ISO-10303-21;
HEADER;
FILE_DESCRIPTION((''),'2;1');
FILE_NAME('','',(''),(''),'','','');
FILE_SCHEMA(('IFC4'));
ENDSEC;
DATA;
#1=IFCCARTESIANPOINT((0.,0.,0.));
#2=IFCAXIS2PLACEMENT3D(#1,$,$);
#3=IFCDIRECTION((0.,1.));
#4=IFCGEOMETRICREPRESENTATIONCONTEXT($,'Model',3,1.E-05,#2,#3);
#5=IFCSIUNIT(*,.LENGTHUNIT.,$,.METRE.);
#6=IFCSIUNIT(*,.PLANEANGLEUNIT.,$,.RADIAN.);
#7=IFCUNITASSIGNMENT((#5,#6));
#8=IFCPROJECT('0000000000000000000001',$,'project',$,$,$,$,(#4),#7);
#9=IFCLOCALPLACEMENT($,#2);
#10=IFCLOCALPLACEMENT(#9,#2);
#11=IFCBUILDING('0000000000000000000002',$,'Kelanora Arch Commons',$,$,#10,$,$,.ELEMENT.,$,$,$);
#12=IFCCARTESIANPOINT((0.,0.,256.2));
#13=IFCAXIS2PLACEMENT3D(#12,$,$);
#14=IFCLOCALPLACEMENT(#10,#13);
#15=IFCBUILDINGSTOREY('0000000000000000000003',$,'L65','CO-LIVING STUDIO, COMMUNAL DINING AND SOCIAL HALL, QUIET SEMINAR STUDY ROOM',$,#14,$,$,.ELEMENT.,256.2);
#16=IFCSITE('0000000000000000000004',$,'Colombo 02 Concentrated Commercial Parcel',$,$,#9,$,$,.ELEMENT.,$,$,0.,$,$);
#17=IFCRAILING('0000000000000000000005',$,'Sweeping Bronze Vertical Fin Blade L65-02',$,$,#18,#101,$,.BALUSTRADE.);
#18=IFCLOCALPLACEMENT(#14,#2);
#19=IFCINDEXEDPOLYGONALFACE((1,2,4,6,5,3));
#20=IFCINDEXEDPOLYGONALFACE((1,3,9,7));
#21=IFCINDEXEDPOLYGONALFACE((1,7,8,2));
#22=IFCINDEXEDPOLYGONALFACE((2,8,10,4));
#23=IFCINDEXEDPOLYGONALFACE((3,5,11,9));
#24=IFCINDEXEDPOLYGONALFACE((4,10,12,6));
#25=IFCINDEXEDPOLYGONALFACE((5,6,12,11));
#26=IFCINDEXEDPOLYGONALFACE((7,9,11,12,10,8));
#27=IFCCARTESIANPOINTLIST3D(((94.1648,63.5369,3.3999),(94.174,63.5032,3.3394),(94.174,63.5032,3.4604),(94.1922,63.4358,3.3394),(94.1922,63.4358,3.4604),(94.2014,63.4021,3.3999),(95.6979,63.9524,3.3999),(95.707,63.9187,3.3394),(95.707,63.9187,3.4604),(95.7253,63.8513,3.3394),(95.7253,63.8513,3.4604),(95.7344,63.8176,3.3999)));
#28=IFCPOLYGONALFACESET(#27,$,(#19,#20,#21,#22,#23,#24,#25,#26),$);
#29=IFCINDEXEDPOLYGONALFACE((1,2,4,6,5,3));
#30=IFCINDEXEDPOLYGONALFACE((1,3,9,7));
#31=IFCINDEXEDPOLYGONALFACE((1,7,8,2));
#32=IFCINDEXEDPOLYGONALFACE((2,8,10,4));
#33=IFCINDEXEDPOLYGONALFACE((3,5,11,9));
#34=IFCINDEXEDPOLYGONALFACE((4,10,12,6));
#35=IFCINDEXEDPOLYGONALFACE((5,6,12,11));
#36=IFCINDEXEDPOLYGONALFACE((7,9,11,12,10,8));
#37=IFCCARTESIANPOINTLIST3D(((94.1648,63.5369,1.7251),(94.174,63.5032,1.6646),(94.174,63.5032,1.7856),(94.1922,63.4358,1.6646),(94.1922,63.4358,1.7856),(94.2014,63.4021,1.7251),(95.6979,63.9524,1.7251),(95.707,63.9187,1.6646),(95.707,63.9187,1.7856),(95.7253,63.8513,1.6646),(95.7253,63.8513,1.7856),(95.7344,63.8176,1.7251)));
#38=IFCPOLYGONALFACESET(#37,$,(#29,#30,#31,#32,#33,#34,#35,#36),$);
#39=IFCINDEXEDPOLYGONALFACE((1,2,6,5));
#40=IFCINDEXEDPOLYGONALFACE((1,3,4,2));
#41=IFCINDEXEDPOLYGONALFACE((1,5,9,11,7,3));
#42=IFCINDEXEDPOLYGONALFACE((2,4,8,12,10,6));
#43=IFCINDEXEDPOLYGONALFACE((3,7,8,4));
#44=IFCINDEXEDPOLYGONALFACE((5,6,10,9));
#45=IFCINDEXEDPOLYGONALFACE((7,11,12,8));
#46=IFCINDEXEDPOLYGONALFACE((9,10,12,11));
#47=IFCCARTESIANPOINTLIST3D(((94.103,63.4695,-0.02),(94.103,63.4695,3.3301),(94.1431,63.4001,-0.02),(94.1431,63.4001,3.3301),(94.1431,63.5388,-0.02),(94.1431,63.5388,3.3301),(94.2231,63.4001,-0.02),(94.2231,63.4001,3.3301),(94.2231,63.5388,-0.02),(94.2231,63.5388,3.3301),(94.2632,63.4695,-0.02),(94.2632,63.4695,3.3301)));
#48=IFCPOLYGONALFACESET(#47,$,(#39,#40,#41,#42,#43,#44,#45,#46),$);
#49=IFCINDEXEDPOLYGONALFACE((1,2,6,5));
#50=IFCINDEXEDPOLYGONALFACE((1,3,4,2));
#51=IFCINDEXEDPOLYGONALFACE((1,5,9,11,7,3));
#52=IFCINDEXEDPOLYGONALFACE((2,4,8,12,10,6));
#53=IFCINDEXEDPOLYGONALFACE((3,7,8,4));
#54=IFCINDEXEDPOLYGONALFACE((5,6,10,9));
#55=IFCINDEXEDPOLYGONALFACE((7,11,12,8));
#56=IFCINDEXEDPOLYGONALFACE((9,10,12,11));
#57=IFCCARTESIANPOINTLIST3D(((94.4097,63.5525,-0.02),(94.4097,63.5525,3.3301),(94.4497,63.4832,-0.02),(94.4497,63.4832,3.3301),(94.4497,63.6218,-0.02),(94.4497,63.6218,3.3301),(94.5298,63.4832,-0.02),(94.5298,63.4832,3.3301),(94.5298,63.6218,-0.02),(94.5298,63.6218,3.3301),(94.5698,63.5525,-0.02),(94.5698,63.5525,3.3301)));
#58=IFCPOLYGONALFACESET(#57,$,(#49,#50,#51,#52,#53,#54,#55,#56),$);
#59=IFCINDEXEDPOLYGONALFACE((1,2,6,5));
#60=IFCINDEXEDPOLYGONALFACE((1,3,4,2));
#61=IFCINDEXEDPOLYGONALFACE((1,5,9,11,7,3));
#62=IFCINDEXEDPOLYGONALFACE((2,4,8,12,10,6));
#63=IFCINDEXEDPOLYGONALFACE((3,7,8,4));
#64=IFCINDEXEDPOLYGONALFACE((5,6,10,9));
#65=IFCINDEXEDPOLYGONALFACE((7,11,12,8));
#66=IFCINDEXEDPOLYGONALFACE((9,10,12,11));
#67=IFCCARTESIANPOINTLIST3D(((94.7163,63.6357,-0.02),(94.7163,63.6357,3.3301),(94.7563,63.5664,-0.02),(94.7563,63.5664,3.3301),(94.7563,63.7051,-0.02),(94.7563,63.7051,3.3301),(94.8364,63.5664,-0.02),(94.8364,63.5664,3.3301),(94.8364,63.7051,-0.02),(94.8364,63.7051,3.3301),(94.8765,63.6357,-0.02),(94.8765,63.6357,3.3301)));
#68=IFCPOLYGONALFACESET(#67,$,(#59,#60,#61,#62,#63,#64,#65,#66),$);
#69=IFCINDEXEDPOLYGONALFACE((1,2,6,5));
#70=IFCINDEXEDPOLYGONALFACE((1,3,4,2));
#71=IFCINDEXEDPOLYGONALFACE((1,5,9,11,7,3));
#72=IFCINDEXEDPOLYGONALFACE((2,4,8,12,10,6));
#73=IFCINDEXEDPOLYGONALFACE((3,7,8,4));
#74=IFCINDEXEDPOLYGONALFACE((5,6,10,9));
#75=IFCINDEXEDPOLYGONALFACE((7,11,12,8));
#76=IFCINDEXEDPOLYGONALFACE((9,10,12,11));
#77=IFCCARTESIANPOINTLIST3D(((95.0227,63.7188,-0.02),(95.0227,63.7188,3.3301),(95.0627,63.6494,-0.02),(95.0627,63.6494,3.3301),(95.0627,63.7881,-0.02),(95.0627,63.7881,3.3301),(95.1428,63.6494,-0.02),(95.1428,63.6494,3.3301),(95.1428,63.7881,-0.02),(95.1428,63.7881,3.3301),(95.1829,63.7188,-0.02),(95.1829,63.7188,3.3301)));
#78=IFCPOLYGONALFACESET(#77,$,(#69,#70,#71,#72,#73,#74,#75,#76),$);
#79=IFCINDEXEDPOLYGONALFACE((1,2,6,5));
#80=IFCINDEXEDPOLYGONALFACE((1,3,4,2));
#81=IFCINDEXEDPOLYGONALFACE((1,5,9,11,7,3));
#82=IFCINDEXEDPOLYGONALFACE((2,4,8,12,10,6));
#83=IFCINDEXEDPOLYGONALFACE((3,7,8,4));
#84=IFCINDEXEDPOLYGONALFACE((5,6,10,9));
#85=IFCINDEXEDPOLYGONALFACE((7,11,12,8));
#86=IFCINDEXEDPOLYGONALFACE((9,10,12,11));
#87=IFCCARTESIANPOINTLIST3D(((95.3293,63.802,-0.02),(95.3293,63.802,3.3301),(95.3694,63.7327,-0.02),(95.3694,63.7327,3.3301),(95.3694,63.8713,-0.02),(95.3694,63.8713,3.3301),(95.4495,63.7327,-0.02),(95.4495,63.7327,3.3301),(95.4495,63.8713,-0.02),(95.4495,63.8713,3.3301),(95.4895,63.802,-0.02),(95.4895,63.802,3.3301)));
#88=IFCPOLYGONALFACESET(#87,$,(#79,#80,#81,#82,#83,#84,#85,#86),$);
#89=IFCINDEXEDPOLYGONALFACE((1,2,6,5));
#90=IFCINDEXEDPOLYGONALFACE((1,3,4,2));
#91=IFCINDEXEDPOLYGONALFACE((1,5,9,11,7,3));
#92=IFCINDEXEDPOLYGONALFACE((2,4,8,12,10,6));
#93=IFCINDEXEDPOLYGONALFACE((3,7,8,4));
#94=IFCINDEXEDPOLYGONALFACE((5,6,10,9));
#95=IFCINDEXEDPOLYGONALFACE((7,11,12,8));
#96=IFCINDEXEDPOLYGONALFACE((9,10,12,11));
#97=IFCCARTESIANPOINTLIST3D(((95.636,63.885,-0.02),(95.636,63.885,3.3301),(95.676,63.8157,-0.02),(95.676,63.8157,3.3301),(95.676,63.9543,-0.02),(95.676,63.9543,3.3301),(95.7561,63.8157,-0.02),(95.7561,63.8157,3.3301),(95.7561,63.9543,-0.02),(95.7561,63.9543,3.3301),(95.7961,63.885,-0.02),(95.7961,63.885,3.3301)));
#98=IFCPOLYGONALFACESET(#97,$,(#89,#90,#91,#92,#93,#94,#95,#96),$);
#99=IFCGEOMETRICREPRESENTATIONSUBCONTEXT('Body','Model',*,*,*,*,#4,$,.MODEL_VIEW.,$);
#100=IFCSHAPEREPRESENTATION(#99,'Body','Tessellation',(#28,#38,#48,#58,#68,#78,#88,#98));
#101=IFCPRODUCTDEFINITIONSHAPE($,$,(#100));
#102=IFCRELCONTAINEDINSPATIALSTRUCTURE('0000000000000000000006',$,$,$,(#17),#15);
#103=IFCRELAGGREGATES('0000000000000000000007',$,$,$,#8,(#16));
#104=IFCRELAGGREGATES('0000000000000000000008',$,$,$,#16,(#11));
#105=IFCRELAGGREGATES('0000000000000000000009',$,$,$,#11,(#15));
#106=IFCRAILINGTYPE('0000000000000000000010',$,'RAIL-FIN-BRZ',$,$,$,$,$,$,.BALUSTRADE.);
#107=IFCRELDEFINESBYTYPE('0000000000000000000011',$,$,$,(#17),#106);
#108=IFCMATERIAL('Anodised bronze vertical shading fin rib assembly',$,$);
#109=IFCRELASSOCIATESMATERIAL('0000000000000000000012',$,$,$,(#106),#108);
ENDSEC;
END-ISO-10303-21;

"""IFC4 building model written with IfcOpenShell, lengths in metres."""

from ifc_helpers import new_model, si_unit, direction, frame, origin, place, context, subcontext, project, spatial, polyline, outline, extrude, material, type_object, element, save


model = new_model("IFC4")

# Units and contexts
model_context = context("Model", 3, precision=1e-05, world=origin(), true_north=direction((0.0, 1.0)))
body_context = subcontext(model_context, "Body", "Model", "MODEL_VIEW")
ifc_project = project(units=[si_unit("LENGTHUNIT", "METRE"), si_unit("PLANEANGLEUNIT", "RADIAN")], contexts=[model_context])

# Site, building, storey
site_placement = place(None, origin())
site = spatial("IfcSite", under=ifc_project, at=site_placement, Name="Colombo 02 Concentrated Commercial Parcel", CompositionType="ELEMENT", RefElevation=0.0)
building_placement = place(site_placement, origin())
building = spatial("IfcBuilding", under=site, at=building_placement, Name="Kelanora Arch Commons", CompositionType="ELEMENT")
storey_placement = place(building_placement, frame((0.0, 0.0, 256.2)))
storey = spatial("IfcBuildingStorey", under=building, at=storey_placement, Name="L65", Description="CO-LIVING STUDIO, COMMUNAL DINING AND SOCIAL HALL, QUIET SEMINAR STUDY ROOM", CompositionType="ELEMENT", Elevation=256.2)

# Railing
ifc_material_1 = material(Name="Anodised bronze vertical shading fin rib assembly")
railing_type_1 = type_object("IfcRailingType", Name="RAIL-FIN-BRZ", PredefinedType="BALUSTRADE", material=ifc_material_1)
railing_1_placement = place(storey_placement, frame((94.1831, 63.4695, -0.02)))
element("IfcRailing", 1, at=railing_1_placement, inside=storey, type_object=railing_type_1, Name="Sweeping Bronze Vertical Fin Blade L65-02", PredefinedType="BALUSTRADE", context=body_context, shape_type="SweptSolid", body=[
    extrude(outline(polyline([(0.0698, 0.0), (0.0349, 0.0605), (-0.0349, 0.0605), (-0.0698, 0.0), (-0.0349, -0.0605), (0.0349, -0.0605), (0.0698, 0.0)])), frame((0.0, 0.0, 3.4199), z_axis=(0.965171, 0.261621, 0.0), x_axis=(-0.261621, 0.965171, 0.0)), (0.0, 0.0, 1.0), 1.5884),
    extrude(outline(polyline([(0.0698, 0.0), (0.0349, 0.0605), (-0.0349, 0.0605), (-0.0698, 0.0), (-0.0349, -0.0605), (0.0349, -0.0605), (0.0698, 0.0)])), frame((0.0, 0.0, 1.7451), z_axis=(0.965171, 0.261621, 0.0), x_axis=(-0.261621, 0.965171, 0.0)), (0.0, 0.0, 1.0), 1.5884),
    extrude(outline(polyline([(0.0801, 0.0), (0.04, 0.0693), (-0.04, 0.0693), (-0.0801, 0.0), (-0.04, -0.0693), (0.04, -0.0693), (0.0801, 0.0)])), origin(), (0.0, 0.0, 1.0), 3.3501),
    extrude(outline(polyline([(0.0801, 0.0), (0.04, 0.0693), (-0.04, 0.0693), (-0.0801, 0.0), (-0.04, -0.0693), (0.04, -0.0693), (0.0801, 0.0)])), frame((0.3066, 0.083, 0.0)), (0.0, 0.0, 1.0), 3.3501),
    extrude(outline(polyline([(0.0801, 0.0), (0.04, 0.0693), (-0.04, 0.0693), (-0.0801, 0.0), (-0.04, -0.0693), (0.04, -0.0693), (0.0801, 0.0)])), frame((0.6133, 0.1663, 0.0)), (0.0, 0.0, 1.0), 3.3501),
    extrude(outline(polyline([(0.0801, 0.0), (0.04, 0.0693), (-0.04, 0.0693), (-0.0801, 0.0), (-0.04, -0.0693), (0.04, -0.0693), (0.0801, 0.0)])), frame((0.9197, 0.2493, 0.0)), (0.0, 0.0, 1.0), 3.3501),
    extrude(outline(polyline([(0.0801, 0.0), (0.04, 0.0693), (-0.04, 0.0693), (-0.0801, 0.0), (-0.04, -0.0693), (0.04, -0.0693), (0.0801, 0.0)])), frame((1.2263, 0.3325, 0.0)), (0.0, 0.0, 1.0), 3.3501),
    extrude(outline(polyline([(0.0801, 0.0), (0.04, 0.0693), (-0.04, 0.0693), (-0.0801, 0.0), (-0.04, -0.0693), (0.04, -0.0693), (0.0801, 0.0)])), frame((1.533, 0.4155, 0.0)), (0.0, 0.0, 1.0), 3.3501),
])

save(model, "model.ifc")
